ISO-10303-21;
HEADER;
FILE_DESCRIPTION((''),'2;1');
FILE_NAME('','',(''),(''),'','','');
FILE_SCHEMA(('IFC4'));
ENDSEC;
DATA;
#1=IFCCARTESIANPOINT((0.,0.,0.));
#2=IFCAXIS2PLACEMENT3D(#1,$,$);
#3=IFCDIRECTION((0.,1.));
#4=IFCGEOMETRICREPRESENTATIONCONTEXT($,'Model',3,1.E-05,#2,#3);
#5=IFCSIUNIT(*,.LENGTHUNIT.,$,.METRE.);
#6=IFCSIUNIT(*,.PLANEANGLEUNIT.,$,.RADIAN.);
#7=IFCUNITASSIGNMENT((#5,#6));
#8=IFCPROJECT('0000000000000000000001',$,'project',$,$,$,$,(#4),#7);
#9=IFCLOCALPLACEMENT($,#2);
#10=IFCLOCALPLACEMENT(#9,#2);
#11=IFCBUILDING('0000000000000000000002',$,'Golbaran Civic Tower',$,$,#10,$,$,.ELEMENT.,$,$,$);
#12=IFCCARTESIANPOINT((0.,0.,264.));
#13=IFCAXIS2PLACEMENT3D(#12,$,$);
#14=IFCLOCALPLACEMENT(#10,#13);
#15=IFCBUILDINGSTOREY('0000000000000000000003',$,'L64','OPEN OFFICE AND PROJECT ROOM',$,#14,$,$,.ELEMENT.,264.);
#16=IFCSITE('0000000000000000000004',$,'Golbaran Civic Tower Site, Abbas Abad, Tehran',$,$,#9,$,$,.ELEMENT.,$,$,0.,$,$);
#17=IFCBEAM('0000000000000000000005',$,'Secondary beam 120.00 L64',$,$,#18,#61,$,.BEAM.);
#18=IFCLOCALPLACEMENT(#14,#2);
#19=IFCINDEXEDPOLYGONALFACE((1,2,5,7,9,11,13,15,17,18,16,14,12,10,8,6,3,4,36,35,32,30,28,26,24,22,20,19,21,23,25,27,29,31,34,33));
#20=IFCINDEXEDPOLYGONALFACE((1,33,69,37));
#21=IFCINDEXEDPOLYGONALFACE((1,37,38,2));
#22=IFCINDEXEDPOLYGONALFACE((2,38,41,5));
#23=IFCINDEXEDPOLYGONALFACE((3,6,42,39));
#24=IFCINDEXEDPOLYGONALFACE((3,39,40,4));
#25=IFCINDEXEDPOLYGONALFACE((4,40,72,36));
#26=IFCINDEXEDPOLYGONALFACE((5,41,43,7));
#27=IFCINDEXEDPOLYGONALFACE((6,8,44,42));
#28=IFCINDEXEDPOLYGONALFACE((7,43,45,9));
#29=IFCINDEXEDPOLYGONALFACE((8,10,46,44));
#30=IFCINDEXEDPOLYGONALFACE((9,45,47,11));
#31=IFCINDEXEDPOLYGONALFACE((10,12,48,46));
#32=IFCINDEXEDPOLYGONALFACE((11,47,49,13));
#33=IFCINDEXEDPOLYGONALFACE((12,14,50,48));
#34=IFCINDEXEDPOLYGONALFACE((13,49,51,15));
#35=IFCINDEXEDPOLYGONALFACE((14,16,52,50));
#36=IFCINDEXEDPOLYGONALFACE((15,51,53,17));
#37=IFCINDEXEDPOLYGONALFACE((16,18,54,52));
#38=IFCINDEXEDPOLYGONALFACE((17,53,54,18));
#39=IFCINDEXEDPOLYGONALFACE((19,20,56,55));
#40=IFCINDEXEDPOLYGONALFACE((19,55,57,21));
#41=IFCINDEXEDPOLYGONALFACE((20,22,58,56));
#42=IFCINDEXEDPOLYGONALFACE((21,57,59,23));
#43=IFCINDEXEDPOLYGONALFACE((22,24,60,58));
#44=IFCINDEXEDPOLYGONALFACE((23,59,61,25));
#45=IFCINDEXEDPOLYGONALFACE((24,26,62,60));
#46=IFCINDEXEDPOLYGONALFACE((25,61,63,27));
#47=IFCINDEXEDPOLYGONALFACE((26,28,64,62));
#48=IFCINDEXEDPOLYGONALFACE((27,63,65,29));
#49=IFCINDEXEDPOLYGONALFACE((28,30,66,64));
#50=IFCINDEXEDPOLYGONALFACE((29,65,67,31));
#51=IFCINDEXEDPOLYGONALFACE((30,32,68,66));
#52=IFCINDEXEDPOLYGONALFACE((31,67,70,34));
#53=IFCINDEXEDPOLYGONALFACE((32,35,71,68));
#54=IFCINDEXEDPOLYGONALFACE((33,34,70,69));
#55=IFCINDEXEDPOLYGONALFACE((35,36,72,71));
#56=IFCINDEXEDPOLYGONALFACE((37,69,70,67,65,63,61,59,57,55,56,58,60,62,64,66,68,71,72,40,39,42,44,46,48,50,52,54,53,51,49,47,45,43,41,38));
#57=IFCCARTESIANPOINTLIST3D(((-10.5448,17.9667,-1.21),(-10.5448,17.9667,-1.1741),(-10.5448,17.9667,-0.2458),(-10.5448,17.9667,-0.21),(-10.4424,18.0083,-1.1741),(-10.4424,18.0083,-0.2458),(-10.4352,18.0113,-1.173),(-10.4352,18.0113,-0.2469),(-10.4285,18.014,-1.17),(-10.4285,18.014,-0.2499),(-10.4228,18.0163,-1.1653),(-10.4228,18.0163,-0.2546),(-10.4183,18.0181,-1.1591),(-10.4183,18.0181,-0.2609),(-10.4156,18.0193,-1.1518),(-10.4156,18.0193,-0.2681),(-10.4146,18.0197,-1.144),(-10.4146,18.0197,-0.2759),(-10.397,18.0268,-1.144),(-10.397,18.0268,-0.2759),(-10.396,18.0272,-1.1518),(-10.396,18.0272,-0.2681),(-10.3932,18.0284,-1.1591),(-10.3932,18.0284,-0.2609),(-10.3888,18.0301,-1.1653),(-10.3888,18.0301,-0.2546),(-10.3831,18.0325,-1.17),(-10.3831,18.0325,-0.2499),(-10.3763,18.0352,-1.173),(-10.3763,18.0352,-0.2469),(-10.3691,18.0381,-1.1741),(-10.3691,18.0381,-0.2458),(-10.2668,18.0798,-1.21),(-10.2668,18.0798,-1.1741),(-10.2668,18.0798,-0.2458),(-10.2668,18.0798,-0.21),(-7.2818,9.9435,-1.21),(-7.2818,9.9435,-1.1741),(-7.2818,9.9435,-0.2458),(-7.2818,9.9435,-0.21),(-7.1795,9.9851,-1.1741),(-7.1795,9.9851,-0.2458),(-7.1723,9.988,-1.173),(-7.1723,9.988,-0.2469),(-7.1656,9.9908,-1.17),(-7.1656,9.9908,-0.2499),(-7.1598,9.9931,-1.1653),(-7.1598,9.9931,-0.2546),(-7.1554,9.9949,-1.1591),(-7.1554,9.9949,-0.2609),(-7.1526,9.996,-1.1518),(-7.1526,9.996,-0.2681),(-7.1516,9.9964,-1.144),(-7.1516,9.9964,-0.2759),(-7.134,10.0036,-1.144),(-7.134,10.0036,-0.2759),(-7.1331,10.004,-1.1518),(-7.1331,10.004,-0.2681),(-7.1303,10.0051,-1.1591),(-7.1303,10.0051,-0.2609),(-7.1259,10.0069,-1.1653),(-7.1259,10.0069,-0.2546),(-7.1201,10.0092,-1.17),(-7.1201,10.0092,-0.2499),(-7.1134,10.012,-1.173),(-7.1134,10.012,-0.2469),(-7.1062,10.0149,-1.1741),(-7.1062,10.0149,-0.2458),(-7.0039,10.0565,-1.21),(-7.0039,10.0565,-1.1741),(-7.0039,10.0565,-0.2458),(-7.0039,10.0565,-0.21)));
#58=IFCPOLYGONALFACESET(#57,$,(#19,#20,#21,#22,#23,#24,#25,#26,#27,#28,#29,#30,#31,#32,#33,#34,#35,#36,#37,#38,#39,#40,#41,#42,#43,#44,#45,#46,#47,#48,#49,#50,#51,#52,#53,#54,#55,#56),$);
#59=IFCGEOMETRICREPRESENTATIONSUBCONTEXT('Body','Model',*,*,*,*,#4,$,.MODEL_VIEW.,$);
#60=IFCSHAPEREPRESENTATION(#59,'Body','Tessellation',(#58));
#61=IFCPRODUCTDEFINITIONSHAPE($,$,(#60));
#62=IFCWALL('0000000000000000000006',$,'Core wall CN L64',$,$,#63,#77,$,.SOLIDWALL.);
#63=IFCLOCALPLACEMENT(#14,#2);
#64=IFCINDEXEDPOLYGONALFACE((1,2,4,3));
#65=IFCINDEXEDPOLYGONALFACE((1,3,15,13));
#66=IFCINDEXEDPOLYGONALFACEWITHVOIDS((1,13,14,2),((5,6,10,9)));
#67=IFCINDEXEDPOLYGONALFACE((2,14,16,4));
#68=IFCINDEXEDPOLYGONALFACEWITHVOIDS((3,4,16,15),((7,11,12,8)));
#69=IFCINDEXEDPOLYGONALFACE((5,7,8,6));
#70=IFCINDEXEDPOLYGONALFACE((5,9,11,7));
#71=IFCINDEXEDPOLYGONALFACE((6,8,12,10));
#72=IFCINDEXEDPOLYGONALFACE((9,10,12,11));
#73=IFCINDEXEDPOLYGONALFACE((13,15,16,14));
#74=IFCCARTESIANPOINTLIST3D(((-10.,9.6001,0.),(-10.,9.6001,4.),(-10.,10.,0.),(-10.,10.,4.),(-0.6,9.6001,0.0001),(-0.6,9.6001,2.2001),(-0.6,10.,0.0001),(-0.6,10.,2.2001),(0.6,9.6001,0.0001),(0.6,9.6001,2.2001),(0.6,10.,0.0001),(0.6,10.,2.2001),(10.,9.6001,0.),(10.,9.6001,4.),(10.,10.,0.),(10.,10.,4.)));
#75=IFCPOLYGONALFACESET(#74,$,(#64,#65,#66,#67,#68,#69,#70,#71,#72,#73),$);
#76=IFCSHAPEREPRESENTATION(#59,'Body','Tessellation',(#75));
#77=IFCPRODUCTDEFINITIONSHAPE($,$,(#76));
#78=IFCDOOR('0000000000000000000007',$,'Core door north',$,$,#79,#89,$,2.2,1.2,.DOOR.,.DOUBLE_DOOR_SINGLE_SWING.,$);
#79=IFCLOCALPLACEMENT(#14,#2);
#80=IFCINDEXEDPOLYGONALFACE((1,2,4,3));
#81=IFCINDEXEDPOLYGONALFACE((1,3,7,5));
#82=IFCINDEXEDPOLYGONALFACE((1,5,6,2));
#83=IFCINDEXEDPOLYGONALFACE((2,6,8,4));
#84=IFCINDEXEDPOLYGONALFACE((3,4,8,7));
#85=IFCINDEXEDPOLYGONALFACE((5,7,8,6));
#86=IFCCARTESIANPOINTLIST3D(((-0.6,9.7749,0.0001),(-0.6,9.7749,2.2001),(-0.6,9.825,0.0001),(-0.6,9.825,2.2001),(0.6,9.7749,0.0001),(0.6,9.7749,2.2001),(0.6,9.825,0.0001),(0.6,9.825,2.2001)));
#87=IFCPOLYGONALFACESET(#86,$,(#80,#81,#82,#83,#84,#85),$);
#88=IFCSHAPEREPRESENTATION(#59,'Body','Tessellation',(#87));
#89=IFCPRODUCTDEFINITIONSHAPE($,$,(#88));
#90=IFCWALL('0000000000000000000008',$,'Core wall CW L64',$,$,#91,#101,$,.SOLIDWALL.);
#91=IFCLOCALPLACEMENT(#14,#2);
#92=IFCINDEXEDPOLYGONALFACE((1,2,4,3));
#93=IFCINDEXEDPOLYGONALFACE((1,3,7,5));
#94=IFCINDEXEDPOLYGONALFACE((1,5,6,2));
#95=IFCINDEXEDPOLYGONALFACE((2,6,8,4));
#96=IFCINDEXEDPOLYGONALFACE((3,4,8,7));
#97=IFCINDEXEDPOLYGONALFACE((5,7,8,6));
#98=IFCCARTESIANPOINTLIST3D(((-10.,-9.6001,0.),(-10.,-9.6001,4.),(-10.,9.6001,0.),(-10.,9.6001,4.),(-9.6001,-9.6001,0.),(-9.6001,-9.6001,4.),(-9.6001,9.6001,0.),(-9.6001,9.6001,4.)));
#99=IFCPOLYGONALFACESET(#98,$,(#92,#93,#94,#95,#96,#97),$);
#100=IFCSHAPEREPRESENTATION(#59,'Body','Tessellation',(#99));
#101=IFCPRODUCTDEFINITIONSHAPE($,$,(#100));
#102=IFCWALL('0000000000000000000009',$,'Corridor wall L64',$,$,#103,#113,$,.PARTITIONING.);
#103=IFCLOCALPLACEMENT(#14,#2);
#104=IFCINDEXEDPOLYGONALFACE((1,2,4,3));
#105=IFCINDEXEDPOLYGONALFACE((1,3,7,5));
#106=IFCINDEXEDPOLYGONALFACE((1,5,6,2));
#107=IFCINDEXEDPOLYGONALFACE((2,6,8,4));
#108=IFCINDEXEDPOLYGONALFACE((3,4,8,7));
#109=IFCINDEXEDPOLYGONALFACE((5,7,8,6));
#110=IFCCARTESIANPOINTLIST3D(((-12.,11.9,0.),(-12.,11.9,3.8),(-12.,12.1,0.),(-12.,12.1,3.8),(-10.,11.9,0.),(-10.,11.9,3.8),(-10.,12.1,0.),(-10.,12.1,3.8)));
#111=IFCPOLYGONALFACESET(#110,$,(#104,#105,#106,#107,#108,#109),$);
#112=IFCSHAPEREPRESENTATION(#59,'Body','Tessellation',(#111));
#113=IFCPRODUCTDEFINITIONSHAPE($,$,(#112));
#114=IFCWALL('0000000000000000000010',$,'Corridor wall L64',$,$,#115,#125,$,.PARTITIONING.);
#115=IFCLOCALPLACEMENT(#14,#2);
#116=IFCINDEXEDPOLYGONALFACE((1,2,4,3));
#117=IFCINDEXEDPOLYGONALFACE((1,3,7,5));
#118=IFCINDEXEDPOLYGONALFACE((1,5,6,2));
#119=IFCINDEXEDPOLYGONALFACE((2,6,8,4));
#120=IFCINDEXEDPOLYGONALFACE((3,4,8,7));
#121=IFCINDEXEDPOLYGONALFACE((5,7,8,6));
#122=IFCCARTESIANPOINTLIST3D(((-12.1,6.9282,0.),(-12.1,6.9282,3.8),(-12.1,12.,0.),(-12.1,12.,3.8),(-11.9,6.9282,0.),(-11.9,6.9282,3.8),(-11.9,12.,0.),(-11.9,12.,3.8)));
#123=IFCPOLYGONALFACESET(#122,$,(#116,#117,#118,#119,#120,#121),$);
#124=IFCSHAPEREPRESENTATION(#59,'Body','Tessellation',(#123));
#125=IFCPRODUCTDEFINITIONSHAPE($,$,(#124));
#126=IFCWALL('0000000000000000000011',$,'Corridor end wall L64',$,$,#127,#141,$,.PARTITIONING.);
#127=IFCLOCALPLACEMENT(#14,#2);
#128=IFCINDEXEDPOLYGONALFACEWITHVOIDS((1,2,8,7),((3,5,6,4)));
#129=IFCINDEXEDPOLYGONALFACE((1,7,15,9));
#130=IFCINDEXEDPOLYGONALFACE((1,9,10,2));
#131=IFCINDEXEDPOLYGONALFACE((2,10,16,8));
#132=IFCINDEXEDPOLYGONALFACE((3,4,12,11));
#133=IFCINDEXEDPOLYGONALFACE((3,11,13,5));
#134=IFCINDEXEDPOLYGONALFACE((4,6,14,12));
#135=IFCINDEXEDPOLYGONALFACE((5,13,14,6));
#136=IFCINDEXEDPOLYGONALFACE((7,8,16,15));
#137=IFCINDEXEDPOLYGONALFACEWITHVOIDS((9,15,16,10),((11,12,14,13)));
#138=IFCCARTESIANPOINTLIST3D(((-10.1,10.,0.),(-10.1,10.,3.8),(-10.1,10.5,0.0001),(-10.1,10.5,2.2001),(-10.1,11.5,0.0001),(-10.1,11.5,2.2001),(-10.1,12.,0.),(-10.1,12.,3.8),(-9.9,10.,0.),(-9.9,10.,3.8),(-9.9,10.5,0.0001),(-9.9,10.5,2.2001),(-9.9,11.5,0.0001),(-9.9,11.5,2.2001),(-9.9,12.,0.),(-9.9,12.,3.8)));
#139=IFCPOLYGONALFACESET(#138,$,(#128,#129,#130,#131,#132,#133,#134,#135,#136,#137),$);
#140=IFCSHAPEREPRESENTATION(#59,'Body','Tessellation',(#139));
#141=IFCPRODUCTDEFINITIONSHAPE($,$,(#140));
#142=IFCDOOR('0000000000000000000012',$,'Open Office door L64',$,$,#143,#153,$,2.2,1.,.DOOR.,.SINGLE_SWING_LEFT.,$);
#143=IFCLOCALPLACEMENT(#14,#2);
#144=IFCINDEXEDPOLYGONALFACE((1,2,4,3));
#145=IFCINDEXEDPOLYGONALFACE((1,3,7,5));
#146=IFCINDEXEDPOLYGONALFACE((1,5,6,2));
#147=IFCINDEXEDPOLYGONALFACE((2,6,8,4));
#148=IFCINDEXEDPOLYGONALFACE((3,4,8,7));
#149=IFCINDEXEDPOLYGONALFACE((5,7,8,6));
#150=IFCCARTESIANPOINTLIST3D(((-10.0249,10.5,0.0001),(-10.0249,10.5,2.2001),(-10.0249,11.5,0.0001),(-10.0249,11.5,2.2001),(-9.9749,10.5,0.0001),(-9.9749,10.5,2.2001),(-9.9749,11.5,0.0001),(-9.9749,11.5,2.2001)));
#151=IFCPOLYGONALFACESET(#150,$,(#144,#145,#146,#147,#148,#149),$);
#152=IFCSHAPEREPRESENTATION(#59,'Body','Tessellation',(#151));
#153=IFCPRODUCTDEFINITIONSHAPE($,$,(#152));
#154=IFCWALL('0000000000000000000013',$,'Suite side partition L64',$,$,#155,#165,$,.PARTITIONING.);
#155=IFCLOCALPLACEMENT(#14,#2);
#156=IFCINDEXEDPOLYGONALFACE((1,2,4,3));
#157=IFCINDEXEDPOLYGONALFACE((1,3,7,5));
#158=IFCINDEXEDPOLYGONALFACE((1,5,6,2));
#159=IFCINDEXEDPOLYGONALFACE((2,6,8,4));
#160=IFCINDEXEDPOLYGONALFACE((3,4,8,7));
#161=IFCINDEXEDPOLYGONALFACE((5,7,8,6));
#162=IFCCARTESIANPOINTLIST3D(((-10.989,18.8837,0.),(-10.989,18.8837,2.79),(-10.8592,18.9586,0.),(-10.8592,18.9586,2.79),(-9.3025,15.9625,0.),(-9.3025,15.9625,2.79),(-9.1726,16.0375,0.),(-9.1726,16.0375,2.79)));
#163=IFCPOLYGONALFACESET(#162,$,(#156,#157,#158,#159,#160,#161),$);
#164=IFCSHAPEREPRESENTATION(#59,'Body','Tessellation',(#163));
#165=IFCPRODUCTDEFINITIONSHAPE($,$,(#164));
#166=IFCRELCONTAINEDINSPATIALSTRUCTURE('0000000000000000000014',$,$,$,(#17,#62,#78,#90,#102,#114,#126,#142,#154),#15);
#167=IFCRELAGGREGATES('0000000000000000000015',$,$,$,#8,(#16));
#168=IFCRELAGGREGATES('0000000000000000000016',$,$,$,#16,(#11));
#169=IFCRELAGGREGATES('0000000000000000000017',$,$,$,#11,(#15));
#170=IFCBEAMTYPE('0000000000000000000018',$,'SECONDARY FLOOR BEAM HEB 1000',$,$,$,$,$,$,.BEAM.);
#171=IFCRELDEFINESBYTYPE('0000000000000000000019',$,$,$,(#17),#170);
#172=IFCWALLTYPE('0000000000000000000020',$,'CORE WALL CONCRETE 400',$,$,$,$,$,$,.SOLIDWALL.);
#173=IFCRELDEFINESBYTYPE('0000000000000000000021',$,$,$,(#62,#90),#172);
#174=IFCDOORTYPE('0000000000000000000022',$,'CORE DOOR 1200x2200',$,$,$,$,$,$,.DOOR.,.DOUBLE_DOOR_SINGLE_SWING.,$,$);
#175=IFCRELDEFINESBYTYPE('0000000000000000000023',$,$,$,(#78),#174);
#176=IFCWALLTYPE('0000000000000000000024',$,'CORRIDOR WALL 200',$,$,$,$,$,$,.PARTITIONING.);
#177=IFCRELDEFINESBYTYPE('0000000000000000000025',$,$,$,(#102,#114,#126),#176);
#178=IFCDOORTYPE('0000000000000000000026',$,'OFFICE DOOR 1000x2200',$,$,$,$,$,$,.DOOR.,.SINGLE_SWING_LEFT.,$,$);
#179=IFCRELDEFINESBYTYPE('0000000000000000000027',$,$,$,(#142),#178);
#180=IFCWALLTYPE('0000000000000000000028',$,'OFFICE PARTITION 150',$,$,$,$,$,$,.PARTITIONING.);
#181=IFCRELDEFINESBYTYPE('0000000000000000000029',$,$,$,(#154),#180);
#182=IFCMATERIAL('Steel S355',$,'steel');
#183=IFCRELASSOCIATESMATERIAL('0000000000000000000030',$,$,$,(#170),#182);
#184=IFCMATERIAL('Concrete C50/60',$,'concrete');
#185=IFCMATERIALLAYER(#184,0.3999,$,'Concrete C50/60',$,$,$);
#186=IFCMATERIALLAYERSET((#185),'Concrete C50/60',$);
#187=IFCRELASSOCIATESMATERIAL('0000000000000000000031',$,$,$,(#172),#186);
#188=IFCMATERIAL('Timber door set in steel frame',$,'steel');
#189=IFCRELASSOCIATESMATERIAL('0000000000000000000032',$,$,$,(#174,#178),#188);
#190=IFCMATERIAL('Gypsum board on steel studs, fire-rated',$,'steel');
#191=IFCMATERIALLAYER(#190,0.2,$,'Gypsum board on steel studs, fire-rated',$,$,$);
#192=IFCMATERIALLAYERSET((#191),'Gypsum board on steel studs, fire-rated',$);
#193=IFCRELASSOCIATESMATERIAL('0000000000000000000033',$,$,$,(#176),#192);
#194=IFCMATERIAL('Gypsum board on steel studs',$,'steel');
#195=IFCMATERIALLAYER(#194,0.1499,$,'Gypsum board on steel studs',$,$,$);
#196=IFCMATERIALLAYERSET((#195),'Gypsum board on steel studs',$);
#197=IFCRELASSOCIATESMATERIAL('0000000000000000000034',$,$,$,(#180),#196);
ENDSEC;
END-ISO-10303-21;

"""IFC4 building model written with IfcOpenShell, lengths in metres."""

from ifc_helpers import new_model, si_unit, direction, frame, frame_2d, origin, origin_2d, place, context, subcontext, project, spatial, rectangle, i_section, extrude, material, layer, layer_set, material_profile, profile_set, type_object, element, fill, save


model = new_model("IFC4")

# Units and contexts
model_context = context("Model", 3, precision=1e-05, world=origin(), true_north=direction((0.0, 1.0)))
body_context = subcontext(model_context, "Body", "Model", "MODEL_VIEW")
ifc_project = project(units=[si_unit("LENGTHUNIT", "METRE"), si_unit("PLANEANGLEUNIT", "RADIAN")], contexts=[model_context])

# Site, building, storey
site_placement = place(None, origin())
site = spatial("IfcSite", under=ifc_project, at=site_placement, Name="Golbaran Civic Tower Site, Abbas Abad, Tehran", CompositionType="ELEMENT", RefElevation=0.0)
building_placement = place(site_placement, origin())
building = spatial("IfcBuilding", under=site, at=building_placement, Name="Golbaran Civic Tower", CompositionType="ELEMENT")
storey_placement = place(building_placement, frame((0.0, 0.0, 264.0)))
storey = spatial("IfcBuildingStorey", under=building, at=storey_placement, Name="L64", Description="OPEN OFFICE AND PROJECT ROOM", CompositionType="ELEMENT", Elevation=264.0)

# Beam
ifc_material_1 = material(Name="Steel S355", Category="steel")
ifc_material_profile_1 = material_profile(ifc_material_1, i_section(OverallWidth=0.3, OverallDepth=1.0, WebThickness=0.019, FlangeThickness=0.0359, FilletRadius=0.03, at=origin_2d()), Name="HEB 1000")
ifc_profile_set_1 = profile_set([ifc_material_profile_1], Name="Steel S355")
beam_type_1 = type_object("IfcBeamType", Name="SECONDARY FLOOR BEAM HEB 1000", PredefinedType="BEAM", material=ifc_profile_set_1)
beam_1_placement = place(storey_placement, frame((-7.1428, 10.0, -0.71), z_axis=(-0.376726, 0.926325, 0.0), x_axis=(-0.926325, -0.376726, 0.0)))
element("IfcBeam", 1, at=beam_1_placement, inside=storey, type_object=beam_type_1, Name="Secondary beam 120.00 L64", PredefinedType="BEAM", context=body_context, shape_type="SweptSolid", body=[
    extrude(i_section(OverallWidth=0.3, OverallDepth=1.0, WebThickness=0.019, FlangeThickness=0.0359, FilletRadius=0.03, at=origin_2d()), origin(), (0.0, 0.0, 1.0), 8.6614),
])

# Wall, opening, door
ifc_material_2 = material(Name="Concrete C50/60", Category="concrete")
ifc_layer_1 = layer(ifc_material_2, 0.3999, Name="Concrete C50/60")
ifc_layer_set_1 = layer_set([ifc_layer_1], Name="Concrete C50/60")
wall_type_1 = type_object("IfcWallType", Name="CORE WALL CONCRETE 400", PredefinedType="SOLIDWALL", material=ifc_layer_set_1)
wall_1_placement = place(storey_placement, frame((-10.0, 9.8, 0.0), z_axis=(0.0, 0.0, 1.0), x_axis=(1.0, 0.0, 0.0)))
wall_1 = element("IfcWall", 2, at=wall_1_placement, inside=storey, type_object=wall_type_1, Name="Core wall CN L64", PredefinedType="SOLIDWALL", context=body_context, shape_type="SweptSolid", body=[
    extrude(rectangle(XDim=20.0, YDim=0.3999, at=frame_2d((10.0, 0.0))), origin(), (0.0, 0.0, 1.0), 4.0),
])
opening_1_placement = place(wall_1_placement, frame((9.3999, 0.0, 0.0)))
opening_1 = element("IfcOpeningElement", 3, at=opening_1_placement, cuts=wall_1, PredefinedType="OPENING", context=body_context, shape_type="SweptSolid", body=[
    extrude(rectangle(XDim=1.2, YDim=2.2, at=frame_2d((0.6001, 1.1001))), frame((0.0, 0.21, 0.0), z_axis=(0.0, -1.0, 0.0), x_axis=(1.0, 0.0, 0.0)), (0.0, 0.0, 1.0), 0.4199),
])
ifc_material_3 = material(Name="Timber door set in steel frame", Category="steel")
door_type_1 = type_object("IfcDoorType", Name="CORE DOOR 1200x2200", OperationType="DOUBLE_DOOR_SINGLE_SWING", PredefinedType="DOOR", material=ifc_material_3)
door_1_placement = place(opening_1_placement, origin())
door_1 = element("IfcDoor", 4, at=door_1_placement, inside=storey, type_object=door_type_1, Name="Core door north", OperationType="DOUBLE_DOOR_SINGLE_SWING", OverallHeight=2.2, OverallWidth=1.2, PredefinedType="DOOR", context=body_context, shape_type="SweptSolid", body=[
    extrude(rectangle(XDim=1.2, YDim=2.2, at=frame_2d((0.6001, 1.1001))), frame((0.0, 0.0249, 0.0), z_axis=(0.0, -1.0, 0.0), x_axis=(1.0, 0.0, 0.0)), (0.0, 0.0, 1.0), 0.05),
])
fill(opening_1, door_1)

# Walls
wall_2_placement = place(storey_placement, frame((-9.8, 9.6001, 0.0), z_axis=(0.0, 0.0, 1.0), x_axis=(0.0, -1.0, 0.0)))
element("IfcWall", 5, at=wall_2_placement, inside=storey, type_object=wall_type_1, Name="Core wall CW L64", PredefinedType="SOLIDWALL", context=body_context, shape_type="SweptSolid", body=[
    extrude(rectangle(XDim=19.2002, YDim=0.3999, at=frame_2d((9.6001, 0.0))), origin(), (0.0, 0.0, 1.0), 4.0),
])
ifc_material_4 = material(Name="Gypsum board on steel studs, fire-rated", Category="steel")
ifc_layer_2 = layer(ifc_material_4, 0.2, Name="Gypsum board on steel studs, fire-rated")
ifc_layer_set_2 = layer_set([ifc_layer_2], Name="Gypsum board on steel studs, fire-rated")
wall_type_2 = type_object("IfcWallType", Name="CORRIDOR WALL 200", PredefinedType="PARTITIONING", material=ifc_layer_set_2)
wall_3_placement = place(storey_placement, frame((-10.0, 12.0, 0.0), z_axis=(0.0, 0.0, 1.0), x_axis=(-1.0, 0.0, 0.0)))
element("IfcWall", 6, at=wall_3_placement, inside=storey, type_object=wall_type_2, Name="Corridor wall L64", PredefinedType="PARTITIONING", context=body_context, shape_type="SweptSolid", body=[
    extrude(rectangle(XDim=2.0, YDim=0.2, at=frame_2d((1.0, 0.0))), origin(), (0.0, 0.0, 1.0), 3.8),
])
wall_4_placement = place(storey_placement, frame((-12.0, 12.0, 0.0), z_axis=(0.0, 0.0, 1.0), x_axis=(0.0, -1.0, 0.0)))
element("IfcWall", 7, at=wall_4_placement, inside=storey, type_object=wall_type_2, Name="Corridor wall L64", PredefinedType="PARTITIONING", context=body_context, shape_type="SweptSolid", body=[
    extrude(rectangle(XDim=5.0718, YDim=0.2, at=frame_2d((2.5359, 0.0))), origin(), (0.0, 0.0, 1.0), 3.8),
])

# Wall, opening, door
wall_5_placement = place(storey_placement, frame((-10.0, 10.0, 0.0), z_axis=(0.0, 0.0, 1.0), x_axis=(0.0, 1.0, 0.0)))
wall_5 = element("IfcWall", 8, at=wall_5_placement, inside=storey, type_object=wall_type_2, Name="Corridor end wall L64", PredefinedType="PARTITIONING", context=body_context, shape_type="SweptSolid", body=[
    extrude(rectangle(XDim=2.0, YDim=0.2, at=frame_2d((1.0, 0.0))), origin(), (0.0, 0.0, 1.0), 3.8),
])
opening_2_placement = place(wall_5_placement, frame((0.5, 0.0, 0.0)))
opening_2 = element("IfcOpeningElement", 9, at=opening_2_placement, cuts=wall_5, PredefinedType="OPENING", context=body_context, shape_type="SweptSolid", body=[
    extrude(rectangle(XDim=1.0, YDim=2.2, at=frame_2d((0.5, 1.1001))), frame((0.0, 0.1099, 0.0), z_axis=(0.0, -1.0, 0.0), x_axis=(1.0, 0.0, 0.0)), (0.0, 0.0, 1.0), 0.22),
])
door_type_2 = type_object("IfcDoorType", Name="OFFICE DOOR 1000x2200", OperationType="SINGLE_SWING_LEFT", PredefinedType="DOOR", material=ifc_material_3)
door_2_placement = place(opening_2_placement, origin())
door_2 = element("IfcDoor", 10, at=door_2_placement, inside=storey, type_object=door_type_2, Name="Open Office door L64", OperationType="SINGLE_SWING_LEFT", OverallHeight=2.2, OverallWidth=1.0, PredefinedType="DOOR", context=body_context, shape_type="SweptSolid", body=[
    extrude(rectangle(XDim=1.0, YDim=2.2, at=frame_2d((0.5, 1.1001))), frame((0.0, 0.0249, 0.0), z_axis=(0.0, -1.0, 0.0), x_axis=(1.0, 0.0, 0.0)), (0.0, 0.0, 1.0), 0.05),
])
fill(opening_2, door_2)

# Wall
ifc_material_5 = material(Name="Gypsum board on steel studs", Category="steel")
ifc_layer_3 = layer(ifc_material_5, 0.1499, Name="Gypsum board on steel studs")
ifc_layer_set_3 = layer_set([ifc_layer_3], Name="Gypsum board on steel studs")
wall_type_3 = type_object("IfcWallType", Name="OFFICE PARTITION 150", PredefinedType="PARTITIONING", material=ifc_layer_set_3)
wall_6_placement = place(storey_placement, frame((-9.2375, 16.0, 0.0), z_axis=(0.0, 0.0, 1.0), x_axis=(-0.5, 0.866025, 0.0)))
element("IfcWall", 11, at=wall_6_placement, inside=storey, type_object=wall_type_3, Name="Suite side partition L64", PredefinedType="PARTITIONING", context=body_context, shape_type="SweptSolid", body=[
    extrude(rectangle(XDim=3.373, YDim=0.1499, at=frame_2d((1.6865, 0.0))), origin(), (0.0, 0.0, 1.0), 2.79),
])

save(model, "model.ifc")
